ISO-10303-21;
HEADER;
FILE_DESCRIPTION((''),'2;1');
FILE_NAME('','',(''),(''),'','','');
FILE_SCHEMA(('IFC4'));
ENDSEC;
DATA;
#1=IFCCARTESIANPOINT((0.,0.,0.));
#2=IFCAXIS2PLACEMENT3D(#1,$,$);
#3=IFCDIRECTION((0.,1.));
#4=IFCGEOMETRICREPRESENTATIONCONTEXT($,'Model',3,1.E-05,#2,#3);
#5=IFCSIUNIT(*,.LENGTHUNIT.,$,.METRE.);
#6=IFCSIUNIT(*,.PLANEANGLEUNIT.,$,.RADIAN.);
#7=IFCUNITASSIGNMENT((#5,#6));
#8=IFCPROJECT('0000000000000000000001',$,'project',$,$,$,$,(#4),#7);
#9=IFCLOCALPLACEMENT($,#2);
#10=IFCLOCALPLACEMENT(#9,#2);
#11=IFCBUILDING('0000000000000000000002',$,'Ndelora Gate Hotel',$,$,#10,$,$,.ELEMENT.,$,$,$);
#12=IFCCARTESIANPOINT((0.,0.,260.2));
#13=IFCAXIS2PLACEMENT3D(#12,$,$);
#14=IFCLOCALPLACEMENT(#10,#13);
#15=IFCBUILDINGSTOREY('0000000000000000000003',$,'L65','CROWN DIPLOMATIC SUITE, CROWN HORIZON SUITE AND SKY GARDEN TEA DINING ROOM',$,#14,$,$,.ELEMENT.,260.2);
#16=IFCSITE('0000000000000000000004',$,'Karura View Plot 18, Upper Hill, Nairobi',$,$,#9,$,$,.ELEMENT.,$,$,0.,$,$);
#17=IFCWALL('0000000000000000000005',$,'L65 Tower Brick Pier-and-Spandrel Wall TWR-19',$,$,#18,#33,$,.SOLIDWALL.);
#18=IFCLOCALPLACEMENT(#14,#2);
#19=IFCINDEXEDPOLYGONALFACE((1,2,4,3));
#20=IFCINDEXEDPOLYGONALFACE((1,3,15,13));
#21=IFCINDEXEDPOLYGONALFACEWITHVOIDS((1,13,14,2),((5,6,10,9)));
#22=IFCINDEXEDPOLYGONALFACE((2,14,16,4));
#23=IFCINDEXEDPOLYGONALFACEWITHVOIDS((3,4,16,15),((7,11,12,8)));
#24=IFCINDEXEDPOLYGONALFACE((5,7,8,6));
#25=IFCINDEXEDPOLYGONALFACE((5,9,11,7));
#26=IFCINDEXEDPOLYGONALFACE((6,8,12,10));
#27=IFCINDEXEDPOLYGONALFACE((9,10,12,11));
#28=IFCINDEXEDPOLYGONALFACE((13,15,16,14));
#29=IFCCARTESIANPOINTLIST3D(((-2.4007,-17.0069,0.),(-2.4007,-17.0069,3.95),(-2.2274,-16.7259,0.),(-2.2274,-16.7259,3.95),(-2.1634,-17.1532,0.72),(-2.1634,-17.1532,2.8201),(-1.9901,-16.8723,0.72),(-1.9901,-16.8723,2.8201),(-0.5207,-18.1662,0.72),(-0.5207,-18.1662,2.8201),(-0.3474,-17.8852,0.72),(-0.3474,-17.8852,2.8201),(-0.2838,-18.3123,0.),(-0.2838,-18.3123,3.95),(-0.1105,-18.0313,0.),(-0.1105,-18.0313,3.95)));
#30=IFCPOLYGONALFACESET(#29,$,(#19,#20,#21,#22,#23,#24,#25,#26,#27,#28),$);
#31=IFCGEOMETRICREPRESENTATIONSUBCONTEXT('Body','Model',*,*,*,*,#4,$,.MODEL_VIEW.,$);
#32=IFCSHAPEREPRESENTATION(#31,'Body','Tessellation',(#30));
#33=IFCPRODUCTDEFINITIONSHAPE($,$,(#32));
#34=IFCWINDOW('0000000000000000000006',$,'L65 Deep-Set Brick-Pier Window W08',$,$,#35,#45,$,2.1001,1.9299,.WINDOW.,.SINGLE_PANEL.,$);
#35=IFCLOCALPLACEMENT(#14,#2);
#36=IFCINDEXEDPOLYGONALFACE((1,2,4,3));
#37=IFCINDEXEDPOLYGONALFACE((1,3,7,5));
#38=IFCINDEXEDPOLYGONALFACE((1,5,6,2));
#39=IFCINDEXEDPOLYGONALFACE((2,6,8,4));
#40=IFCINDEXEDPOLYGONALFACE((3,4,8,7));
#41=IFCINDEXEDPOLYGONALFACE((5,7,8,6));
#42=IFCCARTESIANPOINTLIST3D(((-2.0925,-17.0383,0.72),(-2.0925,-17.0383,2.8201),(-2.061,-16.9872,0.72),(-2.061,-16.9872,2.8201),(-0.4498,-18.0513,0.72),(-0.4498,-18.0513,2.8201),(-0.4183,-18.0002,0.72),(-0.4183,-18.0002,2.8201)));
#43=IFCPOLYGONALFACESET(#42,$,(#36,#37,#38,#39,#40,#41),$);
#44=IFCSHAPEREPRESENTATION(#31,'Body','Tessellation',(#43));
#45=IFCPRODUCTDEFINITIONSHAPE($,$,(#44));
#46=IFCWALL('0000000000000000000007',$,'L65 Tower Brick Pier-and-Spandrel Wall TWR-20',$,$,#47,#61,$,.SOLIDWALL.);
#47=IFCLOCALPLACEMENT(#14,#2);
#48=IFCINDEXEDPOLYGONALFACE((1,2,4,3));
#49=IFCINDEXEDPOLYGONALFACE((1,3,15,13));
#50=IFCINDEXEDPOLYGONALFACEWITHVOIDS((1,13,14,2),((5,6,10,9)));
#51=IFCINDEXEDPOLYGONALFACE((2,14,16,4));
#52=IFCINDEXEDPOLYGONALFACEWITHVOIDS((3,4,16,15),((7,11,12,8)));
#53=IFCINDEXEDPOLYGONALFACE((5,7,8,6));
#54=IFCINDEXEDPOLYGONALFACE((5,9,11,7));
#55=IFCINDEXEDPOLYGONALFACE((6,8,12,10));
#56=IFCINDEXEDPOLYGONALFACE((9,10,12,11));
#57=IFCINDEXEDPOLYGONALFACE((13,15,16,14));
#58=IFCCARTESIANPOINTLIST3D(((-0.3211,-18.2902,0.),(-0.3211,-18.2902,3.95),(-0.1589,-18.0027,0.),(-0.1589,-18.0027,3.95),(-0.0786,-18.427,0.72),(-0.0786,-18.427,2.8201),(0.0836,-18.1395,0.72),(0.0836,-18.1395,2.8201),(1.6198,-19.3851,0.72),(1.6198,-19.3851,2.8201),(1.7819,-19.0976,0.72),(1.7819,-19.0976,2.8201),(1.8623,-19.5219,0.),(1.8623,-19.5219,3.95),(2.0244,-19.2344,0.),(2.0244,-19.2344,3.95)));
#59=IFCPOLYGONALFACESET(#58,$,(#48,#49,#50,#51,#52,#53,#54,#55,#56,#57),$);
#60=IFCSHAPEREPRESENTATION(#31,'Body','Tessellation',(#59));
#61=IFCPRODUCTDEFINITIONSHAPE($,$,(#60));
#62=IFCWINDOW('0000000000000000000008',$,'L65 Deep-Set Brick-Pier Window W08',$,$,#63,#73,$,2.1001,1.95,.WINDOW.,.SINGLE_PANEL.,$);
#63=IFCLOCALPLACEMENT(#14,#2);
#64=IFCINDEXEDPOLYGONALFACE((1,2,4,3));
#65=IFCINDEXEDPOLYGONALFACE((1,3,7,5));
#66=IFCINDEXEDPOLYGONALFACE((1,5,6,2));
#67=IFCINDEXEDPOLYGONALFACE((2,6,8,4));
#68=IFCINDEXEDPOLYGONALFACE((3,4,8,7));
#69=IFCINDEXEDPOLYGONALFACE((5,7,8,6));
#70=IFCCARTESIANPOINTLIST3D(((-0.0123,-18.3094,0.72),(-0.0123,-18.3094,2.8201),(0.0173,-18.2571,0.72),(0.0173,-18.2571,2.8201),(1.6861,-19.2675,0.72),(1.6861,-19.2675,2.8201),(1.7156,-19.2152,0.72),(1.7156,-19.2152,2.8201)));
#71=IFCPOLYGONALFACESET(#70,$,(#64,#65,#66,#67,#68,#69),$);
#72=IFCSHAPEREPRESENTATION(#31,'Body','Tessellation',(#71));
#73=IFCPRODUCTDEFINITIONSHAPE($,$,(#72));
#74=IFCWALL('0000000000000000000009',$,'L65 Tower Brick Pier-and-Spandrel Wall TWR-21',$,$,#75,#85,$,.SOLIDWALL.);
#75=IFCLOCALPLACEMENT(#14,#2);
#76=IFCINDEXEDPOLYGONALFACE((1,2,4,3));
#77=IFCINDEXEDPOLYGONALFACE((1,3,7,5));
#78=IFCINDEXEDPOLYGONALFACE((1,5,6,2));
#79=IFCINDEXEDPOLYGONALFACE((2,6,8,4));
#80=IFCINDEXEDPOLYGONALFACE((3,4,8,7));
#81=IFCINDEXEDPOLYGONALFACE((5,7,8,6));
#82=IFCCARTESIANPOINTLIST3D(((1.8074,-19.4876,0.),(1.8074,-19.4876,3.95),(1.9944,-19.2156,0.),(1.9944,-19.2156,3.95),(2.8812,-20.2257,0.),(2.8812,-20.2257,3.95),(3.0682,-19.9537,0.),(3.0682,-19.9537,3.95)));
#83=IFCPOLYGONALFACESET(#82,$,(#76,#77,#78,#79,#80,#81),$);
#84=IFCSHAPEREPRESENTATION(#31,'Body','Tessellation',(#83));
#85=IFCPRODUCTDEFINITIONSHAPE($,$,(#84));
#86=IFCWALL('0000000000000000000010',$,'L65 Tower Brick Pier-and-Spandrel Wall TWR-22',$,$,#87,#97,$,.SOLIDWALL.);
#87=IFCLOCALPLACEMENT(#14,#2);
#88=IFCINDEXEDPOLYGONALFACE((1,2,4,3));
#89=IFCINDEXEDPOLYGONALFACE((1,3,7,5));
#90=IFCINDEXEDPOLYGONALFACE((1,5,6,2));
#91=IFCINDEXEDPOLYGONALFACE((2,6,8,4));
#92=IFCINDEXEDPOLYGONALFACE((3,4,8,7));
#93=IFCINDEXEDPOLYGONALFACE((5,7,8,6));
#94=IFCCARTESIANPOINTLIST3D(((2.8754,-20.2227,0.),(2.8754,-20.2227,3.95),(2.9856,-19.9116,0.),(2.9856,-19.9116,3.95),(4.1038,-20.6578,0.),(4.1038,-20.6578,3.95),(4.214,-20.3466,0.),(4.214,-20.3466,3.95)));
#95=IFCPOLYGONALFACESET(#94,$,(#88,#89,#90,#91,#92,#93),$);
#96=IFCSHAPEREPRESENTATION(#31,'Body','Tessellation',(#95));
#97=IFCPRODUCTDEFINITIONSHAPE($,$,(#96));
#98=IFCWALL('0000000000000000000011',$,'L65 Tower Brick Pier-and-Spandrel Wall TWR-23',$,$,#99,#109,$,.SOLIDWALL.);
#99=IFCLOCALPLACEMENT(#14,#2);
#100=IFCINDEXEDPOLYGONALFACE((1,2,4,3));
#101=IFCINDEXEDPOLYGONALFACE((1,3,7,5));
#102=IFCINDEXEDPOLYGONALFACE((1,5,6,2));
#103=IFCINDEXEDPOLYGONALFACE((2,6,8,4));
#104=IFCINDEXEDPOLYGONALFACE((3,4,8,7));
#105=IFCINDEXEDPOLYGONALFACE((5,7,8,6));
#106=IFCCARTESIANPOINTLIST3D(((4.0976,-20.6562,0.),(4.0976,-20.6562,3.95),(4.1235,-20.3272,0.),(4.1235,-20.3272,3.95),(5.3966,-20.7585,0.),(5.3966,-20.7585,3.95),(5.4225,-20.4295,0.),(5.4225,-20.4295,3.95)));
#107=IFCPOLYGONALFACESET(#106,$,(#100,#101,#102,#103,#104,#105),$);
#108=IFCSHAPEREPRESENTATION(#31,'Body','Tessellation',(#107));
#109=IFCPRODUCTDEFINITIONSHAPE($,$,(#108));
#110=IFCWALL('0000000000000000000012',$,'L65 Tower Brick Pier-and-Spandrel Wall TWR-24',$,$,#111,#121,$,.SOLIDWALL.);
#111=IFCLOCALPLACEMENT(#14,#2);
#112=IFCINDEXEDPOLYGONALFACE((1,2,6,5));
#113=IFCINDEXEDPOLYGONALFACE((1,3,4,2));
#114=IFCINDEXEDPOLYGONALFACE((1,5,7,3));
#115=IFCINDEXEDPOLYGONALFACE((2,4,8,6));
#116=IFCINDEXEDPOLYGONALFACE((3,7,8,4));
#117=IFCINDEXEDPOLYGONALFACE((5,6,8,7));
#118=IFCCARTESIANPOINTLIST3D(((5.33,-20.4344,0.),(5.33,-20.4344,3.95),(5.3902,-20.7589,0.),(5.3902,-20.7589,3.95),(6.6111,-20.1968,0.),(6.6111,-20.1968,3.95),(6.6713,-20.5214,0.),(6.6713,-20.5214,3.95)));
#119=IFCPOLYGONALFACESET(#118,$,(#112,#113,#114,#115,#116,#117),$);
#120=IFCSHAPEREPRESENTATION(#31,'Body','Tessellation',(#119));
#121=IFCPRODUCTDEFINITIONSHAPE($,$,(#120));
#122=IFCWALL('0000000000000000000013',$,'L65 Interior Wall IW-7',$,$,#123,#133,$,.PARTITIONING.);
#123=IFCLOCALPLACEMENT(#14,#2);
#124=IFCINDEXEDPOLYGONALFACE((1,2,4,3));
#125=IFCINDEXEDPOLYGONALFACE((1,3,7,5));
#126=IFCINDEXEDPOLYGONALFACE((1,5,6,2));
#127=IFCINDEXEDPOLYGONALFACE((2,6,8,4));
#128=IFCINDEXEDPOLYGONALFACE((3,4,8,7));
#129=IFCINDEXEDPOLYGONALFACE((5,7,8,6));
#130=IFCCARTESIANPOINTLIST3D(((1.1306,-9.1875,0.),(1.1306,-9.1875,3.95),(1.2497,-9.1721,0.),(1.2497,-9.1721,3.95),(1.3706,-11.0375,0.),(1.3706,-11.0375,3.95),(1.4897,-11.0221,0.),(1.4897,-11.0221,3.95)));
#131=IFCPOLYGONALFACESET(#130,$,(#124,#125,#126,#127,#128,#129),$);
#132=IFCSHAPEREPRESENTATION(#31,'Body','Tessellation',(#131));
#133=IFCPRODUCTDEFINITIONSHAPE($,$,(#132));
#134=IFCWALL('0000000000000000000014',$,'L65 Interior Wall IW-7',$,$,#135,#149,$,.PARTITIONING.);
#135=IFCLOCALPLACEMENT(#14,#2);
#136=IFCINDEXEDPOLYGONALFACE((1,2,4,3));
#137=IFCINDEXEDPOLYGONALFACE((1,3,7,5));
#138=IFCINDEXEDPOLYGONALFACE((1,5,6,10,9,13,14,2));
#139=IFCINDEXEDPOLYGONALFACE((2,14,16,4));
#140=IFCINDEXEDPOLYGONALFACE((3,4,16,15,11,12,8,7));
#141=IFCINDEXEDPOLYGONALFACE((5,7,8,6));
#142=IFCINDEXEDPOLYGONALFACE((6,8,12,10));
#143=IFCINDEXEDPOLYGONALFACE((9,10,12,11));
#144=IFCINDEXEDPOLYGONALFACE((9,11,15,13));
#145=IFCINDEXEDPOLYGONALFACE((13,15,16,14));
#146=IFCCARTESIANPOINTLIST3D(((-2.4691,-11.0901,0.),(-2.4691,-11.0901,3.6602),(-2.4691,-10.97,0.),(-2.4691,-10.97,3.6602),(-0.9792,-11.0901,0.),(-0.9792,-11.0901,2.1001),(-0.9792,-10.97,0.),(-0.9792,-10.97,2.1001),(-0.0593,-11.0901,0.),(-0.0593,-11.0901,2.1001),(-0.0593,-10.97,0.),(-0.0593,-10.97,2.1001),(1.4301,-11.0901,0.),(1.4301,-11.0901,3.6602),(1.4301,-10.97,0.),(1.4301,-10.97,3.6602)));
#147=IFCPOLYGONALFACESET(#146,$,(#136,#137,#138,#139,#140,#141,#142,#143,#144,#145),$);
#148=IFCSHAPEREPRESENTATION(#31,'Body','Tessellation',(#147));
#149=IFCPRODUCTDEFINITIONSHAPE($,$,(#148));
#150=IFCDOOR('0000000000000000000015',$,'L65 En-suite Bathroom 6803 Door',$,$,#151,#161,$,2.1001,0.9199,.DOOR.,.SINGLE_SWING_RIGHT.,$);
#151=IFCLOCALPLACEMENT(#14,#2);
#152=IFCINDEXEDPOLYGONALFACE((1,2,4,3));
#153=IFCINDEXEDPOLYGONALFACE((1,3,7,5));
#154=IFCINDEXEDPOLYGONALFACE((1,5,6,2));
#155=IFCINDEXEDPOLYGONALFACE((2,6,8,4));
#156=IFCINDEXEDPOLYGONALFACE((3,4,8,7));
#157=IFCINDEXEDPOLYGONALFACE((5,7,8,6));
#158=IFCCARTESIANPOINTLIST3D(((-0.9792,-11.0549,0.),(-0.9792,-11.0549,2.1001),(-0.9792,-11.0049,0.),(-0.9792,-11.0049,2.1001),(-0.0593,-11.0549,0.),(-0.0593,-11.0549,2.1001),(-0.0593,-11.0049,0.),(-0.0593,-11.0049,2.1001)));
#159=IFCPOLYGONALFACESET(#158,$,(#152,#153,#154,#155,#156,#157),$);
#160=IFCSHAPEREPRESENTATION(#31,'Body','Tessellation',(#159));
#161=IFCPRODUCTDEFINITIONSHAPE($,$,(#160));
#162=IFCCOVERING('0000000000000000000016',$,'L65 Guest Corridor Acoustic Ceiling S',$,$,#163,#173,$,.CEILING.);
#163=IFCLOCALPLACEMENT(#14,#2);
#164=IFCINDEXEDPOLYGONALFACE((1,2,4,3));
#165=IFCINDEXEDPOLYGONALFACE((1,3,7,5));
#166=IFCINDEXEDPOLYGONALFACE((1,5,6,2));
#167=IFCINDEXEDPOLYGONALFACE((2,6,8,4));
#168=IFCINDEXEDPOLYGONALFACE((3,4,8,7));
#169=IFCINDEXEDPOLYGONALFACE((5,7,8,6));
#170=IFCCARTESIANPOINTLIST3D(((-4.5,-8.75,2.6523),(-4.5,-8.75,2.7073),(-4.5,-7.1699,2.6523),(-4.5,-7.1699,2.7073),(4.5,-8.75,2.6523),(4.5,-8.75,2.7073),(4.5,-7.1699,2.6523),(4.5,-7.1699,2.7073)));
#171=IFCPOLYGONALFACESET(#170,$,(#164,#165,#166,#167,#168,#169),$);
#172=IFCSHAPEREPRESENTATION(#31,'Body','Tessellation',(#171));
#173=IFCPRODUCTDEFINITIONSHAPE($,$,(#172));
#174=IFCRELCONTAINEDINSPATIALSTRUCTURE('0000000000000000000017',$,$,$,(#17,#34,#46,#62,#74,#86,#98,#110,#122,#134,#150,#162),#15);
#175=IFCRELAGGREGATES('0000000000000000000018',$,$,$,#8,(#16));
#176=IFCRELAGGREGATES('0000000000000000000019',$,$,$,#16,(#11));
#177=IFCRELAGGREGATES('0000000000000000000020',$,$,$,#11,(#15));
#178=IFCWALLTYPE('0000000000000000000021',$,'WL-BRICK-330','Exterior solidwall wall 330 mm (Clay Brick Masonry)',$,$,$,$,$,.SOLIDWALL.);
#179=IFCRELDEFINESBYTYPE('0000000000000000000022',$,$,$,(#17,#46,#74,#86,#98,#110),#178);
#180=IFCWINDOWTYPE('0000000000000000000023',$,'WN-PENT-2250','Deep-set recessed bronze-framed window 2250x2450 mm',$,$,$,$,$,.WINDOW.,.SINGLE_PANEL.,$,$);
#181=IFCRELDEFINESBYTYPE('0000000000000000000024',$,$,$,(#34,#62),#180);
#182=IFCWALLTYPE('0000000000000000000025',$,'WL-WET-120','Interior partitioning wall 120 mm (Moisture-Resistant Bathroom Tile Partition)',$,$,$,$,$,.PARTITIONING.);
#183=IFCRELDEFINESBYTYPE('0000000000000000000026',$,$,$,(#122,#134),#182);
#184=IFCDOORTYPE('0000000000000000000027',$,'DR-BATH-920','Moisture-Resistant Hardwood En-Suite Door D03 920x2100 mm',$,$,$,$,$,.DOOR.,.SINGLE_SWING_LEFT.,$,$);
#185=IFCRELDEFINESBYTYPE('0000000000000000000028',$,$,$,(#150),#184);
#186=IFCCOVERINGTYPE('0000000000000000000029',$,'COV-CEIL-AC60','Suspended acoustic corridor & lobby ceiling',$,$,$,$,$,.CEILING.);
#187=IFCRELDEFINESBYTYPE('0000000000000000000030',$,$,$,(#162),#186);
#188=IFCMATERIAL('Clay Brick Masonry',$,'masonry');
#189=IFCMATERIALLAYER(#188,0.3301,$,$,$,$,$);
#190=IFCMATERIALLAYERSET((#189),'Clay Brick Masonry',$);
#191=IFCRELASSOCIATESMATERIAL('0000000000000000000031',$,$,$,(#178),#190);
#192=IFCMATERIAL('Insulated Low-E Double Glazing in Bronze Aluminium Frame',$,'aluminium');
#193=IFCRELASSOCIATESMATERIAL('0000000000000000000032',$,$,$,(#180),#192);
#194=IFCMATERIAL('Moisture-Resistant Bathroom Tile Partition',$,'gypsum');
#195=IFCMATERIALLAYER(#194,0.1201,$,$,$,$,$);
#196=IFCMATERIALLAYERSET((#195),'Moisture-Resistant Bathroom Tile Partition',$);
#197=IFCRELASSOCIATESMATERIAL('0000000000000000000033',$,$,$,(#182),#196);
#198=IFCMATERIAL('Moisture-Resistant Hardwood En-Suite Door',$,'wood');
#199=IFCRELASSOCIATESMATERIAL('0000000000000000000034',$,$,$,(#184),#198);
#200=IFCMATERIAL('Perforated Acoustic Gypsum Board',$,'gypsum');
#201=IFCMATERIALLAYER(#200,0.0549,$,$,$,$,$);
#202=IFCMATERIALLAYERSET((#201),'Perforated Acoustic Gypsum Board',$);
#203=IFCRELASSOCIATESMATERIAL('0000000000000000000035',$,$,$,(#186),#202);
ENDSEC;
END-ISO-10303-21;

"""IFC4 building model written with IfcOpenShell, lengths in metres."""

from ifc_helpers import new_model, si_unit, direction, frame, frame_2d, origin, origin_2d, place, context, subcontext, project, spatial, rectangle, extrude, material, layer, layer_set, type_object, element, fill, save


model = new_model("IFC4")

# Units and contexts
model_context = context("Model", 3, precision=1e-05, world=origin(), true_north=direction((0.0, 1.0)))
body_context = subcontext(model_context, "Body", "Model", "MODEL_VIEW")
ifc_project = project(units=[si_unit("LENGTHUNIT", "METRE"), si_unit("PLANEANGLEUNIT", "RADIAN")], contexts=[model_context])

# Site, building, storey
site_placement = place(None, origin())
site = spatial("IfcSite", under=ifc_project, at=site_placement, Name="Karura View Plot 18, Upper Hill, Nairobi", CompositionType="ELEMENT", RefElevation=0.0)
building_placement = place(site_placement, origin())
building = spatial("IfcBuilding", under=site, at=building_placement, Name="Ndelora Gate Hotel", CompositionType="ELEMENT")
storey_placement = place(building_placement, frame((0.0, 0.0, 260.2)))
storey = spatial("IfcBuildingStorey", under=building, at=storey_placement, Name="L65", Description="CROWN DIPLOMATIC SUITE, CROWN HORIZON SUITE AND SKY GARDEN TEA DINING ROOM", CompositionType="ELEMENT", Elevation=260.2)

# Walls, openings, windows
ifc_material_1 = material(Name="Clay Brick Masonry", Category="masonry")
ifc_layer_1 = layer(ifc_material_1, 0.3301)
ifc_layer_set_1 = layer_set([ifc_layer_1], Name="Clay Brick Masonry")
wall_type_1 = type_object("IfcWallType", Name="WL-BRICK-330", Description="Exterior solidwall wall 330 mm (Clay Brick Masonry)", PredefinedType="SOLIDWALL", material=ifc_layer_set_1)
wall_1_placement = place(storey_placement, frame((-0.197, -18.1719, 0.0), z_axis=(0.0, 0.0, 1.0), x_axis=(-0.851176, 0.52488, 0.0)))
wall_1 = element("IfcWall", 1, at=wall_1_placement, inside=storey, type_object=wall_type_1, Name="L65 Tower Brick Pier-and-Spandrel Wall TWR-19", PredefinedType="SOLIDWALL", context=body_context, shape_type="SweptSolid", body=[
    extrude(rectangle(XDim=2.4871, YDim=0.3301, at=frame_2d((1.2437, 0.0))), origin(), (0.0, 0.0, 1.0), 3.95),
])
opening_1_placement = place(wall_1_placement, frame((0.2786, 0.0, 0.72)))
opening_1 = element("IfcOpeningElement", 2, at=opening_1_placement, cuts=wall_1, PredefinedType="OPENING", context=body_context, shape_type="SweptSolid", body=[
    extrude(rectangle(XDim=1.9299, YDim=2.1001, at=frame_2d((0.9648, 1.05))), frame((0.0, 0.175, 0.0), z_axis=(0.0, -1.0, 0.0), x_axis=(1.0, 0.0, 0.0)), (0.0, 0.0, 1.0), 0.3501),
])
ifc_material_2 = material(Name="Insulated Low-E Double Glazing in Bronze Aluminium Frame", Category="aluminium")
window_type = type_object("IfcWindowType", Name="WN-PENT-2250", Description="Deep-set recessed bronze-framed window 2250x2450 mm", PartitioningType="SINGLE_PANEL", PredefinedType="WINDOW", material=ifc_material_2)
window_1_placement = place(opening_1_placement, origin())
window_1 = element("IfcWindow", 3, at=window_1_placement, inside=storey, type_object=window_type, Name="L65 Deep-Set Brick-Pier Window W08", OverallHeight=2.1001, OverallWidth=1.9299, PartitioningType="SINGLE_PANEL", PredefinedType="WINDOW", context=body_context, shape_type="SweptSolid", body=[
    extrude(rectangle(XDim=1.9299, YDim=2.1001, at=frame_2d((0.9648, 1.05))), frame((0.0, 0.03, 0.0), z_axis=(0.0, -1.0, 0.0), x_axis=(1.0, 0.0, 0.0)), (0.0, 0.0, 1.0), 0.0601),
])
fill(opening_1, window_1)
wall_2_placement = place(storey_placement, frame((1.9434, -19.3782, 0.0), z_axis=(0.0, 0.0, 1.0), x_axis=(-0.870969, 0.491338, 0.0)))
wall_2 = element("IfcWall", 4, at=wall_2_placement, inside=storey, type_object=wall_type_1, Name="L65 Tower Brick Pier-and-Spandrel Wall TWR-20", PredefinedType="SOLIDWALL", context=body_context, shape_type="SweptSolid", body=[
    extrude(rectangle(XDim=2.5068, YDim=0.3301, at=frame_2d((1.2534, 0.0))), origin(), (0.0, 0.0, 1.0), 3.95),
])
opening_2_placement = place(wall_2_placement, frame((0.2783, 0.0, 0.72)))
opening_2 = element("IfcOpeningElement", 5, at=opening_2_placement, cuts=wall_2, PredefinedType="OPENING", context=body_context, shape_type="SweptSolid", body=[
    extrude(rectangle(XDim=1.95, YDim=2.1001, at=frame_2d((0.9751, 1.05))), frame((0.0, 0.175, 0.0), z_axis=(0.0, -1.0, 0.0), x_axis=(1.0, 0.0, 0.0)), (0.0, 0.0, 1.0), 0.3501),
])
window_2_placement = place(opening_2_placement, origin())
window_2 = element("IfcWindow", 6, at=window_2_placement, inside=storey, type_object=window_type, Name="L65 Deep-Set Brick-Pier Window W08", OverallHeight=2.1001, OverallWidth=1.95, PartitioningType="SINGLE_PANEL", PredefinedType="WINDOW", context=body_context, shape_type="SweptSolid", body=[
    extrude(rectangle(XDim=1.95, YDim=2.1001, at=frame_2d((0.9751, 1.05))), frame((0.0, 0.03, 0.0), z_axis=(0.0, -1.0, 0.0), x_axis=(1.0, 0.0, 0.0)), (0.0, 0.0, 1.0), 0.0601),
])
fill(opening_2, window_2)

# Walls
wall_3_placement = place(storey_placement, frame((2.9746, -20.0896, 0.0), z_axis=(0.0, 0.0, 1.0), x_axis=(-0.824097, 0.566449, 0.0)))
element("IfcWall", 7, at=wall_3_placement, inside=storey, type_object=wall_type_1, Name="L65 Tower Brick Pier-and-Spandrel Wall TWR-21", PredefinedType="SOLIDWALL", context=body_context, shape_type="SweptSolid", body=[
    extrude(rectangle(XDim=1.303, YDim=0.3301, at=frame_2d((0.6514, 0.0))), origin(), (0.0, 0.0, 1.0), 3.95),
])
wall_4_placement = place(storey_placement, frame((4.1589, -20.5022, 0.0), z_axis=(0.0, 0.0, 1.0), x_axis=(-0.942637, 0.333819, 0.0)))
element("IfcWall", 8, at=wall_4_placement, inside=storey, type_object=wall_type_1, Name="L65 Tower Brick Pier-and-Spandrel Wall TWR-22", PredefinedType="SOLIDWALL", context=body_context, shape_type="SweptSolid", body=[
    extrude(rectangle(XDim=1.3032, YDim=0.3301, at=frame_2d((0.6516, 0.0))), origin(), (0.0, 0.0, 1.0), 3.95),
])
for number, where, z_axis, x_axis, name in (
    (9, (5.4094, -20.594, 0.0), (0.0, 0.0, 1.0), (-0.996914, 0.078502, 0.0), "L65 Tower Brick Pier-and-Spandrel Wall TWR-23"),
    (10, (6.6411, -20.3591, 0.0), (0.0, 0.0, 1.0), (-0.983243, -0.182297, 0.0), "L65 Tower Brick Pier-and-Spandrel Wall TWR-24"),
):
    element("IfcWall", number, at=place(storey_placement, frame(where, z_axis=z_axis, x_axis=x_axis)), inside=storey, type_object=wall_type_1, Name=name, PredefinedType="SOLIDWALL", context=body_context, shape_type="SweptSolid", body=[
        extrude(rectangle(XDim=1.303, YDim=0.3301, at=frame_2d((0.6514, 0.0))), origin(), (0.0, 0.0, 1.0), 3.95),
    ])
ifc_material_3 = material(Name="Moisture-Resistant Bathroom Tile Partition", Category="gypsum")
ifc_layer_2 = layer(ifc_material_3, 0.1201)
ifc_layer_set_2 = layer_set([ifc_layer_2], Name="Moisture-Resistant Bathroom Tile Partition")
wall_type_2 = type_object("IfcWallType", Name="WL-WET-120", Description="Interior partitioning wall 120 mm (Moisture-Resistant Bathroom Tile Partition)", PredefinedType="PARTITIONING", material=ifc_layer_set_2)
wall_5_placement = place(storey_placement, frame((1.1902, -9.1799, 0.0), z_axis=(0.0, 0.0, 1.0), x_axis=(0.12864, -0.991691, 0.0)))
element("IfcWall", 11, at=wall_5_placement, inside=storey, type_object=wall_type_2, Name="L65 Interior Wall IW-7", PredefinedType="PARTITIONING", context=body_context, shape_type="SweptSolid", body=[
    extrude(rectangle(XDim=1.8655, YDim=0.1201, at=frame_2d((0.9326, 0.0))), origin(), (0.0, 0.0, 1.0), 3.95),
])

# Wall, opening, door
wall_6_placement = place(storey_placement, frame((1.4302, -11.03, 0.0), z_axis=(0.0, 0.0, 1.0), x_axis=(-1.0, 0.0, 0.0)))
wall_6 = element("IfcWall", 12, at=wall_6_placement, inside=storey, type_object=wall_type_2, Name="L65 Interior Wall IW-7", PredefinedType="PARTITIONING", context=body_context, shape_type="SweptSolid", body=[
    extrude(rectangle(XDim=3.8992, YDim=0.1201, at=frame_2d((1.9497, 0.0))), origin(), (0.0, 0.0, 1.0), 3.6602),
])
opening_3_placement = place(wall_6_placement, frame((1.4895, 0.0, 0.0)))
opening_3 = element("IfcOpeningElement", 13, at=opening_3_placement, cuts=wall_6, PredefinedType="OPENING", context=body_context, shape_type="SweptSolid", body=[
    extrude(rectangle(XDim=0.9199, YDim=2.1001, at=frame_2d((0.46, 1.05))), frame((0.0, 0.0701, 0.0), z_axis=(0.0, -1.0, 0.0), x_axis=(1.0, 0.0, 0.0)), (0.0, 0.0, 1.0), 0.1401),
])
ifc_material_4 = material(Name="Moisture-Resistant Hardwood En-Suite Door", Category="wood")
door_type = type_object("IfcDoorType", Name="DR-BATH-920", Description="Moisture-Resistant Hardwood En-Suite Door D03 920x2100 mm", OperationType="SINGLE_SWING_LEFT", PredefinedType="DOOR", material=ifc_material_4)
door_placement = place(opening_3_placement, origin())
door = element("IfcDoor", 14, at=door_placement, inside=storey, type_object=door_type, Name="L65 En-suite Bathroom 6803 Door", OperationType="SINGLE_SWING_RIGHT", OverallHeight=2.1001, OverallWidth=0.9199, PredefinedType="DOOR", context=body_context, shape_type="SweptSolid", body=[
    extrude(rectangle(XDim=0.9199, YDim=2.1001, at=frame_2d((0.46, 1.05))), frame((0.0, 0.0249, 0.0), z_axis=(0.0, -1.0, 0.0), x_axis=(1.0, 0.0, 0.0)), (0.0, 0.0, 1.0), 0.05),
])
fill(opening_3, door)

# Covering
ifc_material_5 = material(Name="Perforated Acoustic Gypsum Board", Category="gypsum")
ifc_layer_3 = layer(ifc_material_5, 0.0549)
ifc_layer_set_3 = layer_set([ifc_layer_3], Name="Perforated Acoustic Gypsum Board")
covering_type_1 = type_object("IfcCoveringType", Name="COV-CEIL-AC60", Description="Suspended acoustic corridor & lobby ceiling", PredefinedType="CEILING", material=ifc_layer_set_3)
covering_1_placement = place(storey_placement, frame((0.0, -7.96, 2.6523), z_axis=(0.0, 0.0, 1.0), x_axis=(1.0, 0.0, 0.0)))
element("IfcCovering", 15, at=covering_1_placement, inside=storey, type_object=covering_type_1, Name="L65 Guest Corridor Acoustic Ceiling S", PredefinedType="CEILING", context=body_context, shape_type="SweptSolid", body=[
    extrude(rectangle(XDim=9.0, YDim=1.5801, at=origin_2d()), origin(), (0.0, 0.0, 1.0), 0.0549),
])

save(model, "model.ifc")
